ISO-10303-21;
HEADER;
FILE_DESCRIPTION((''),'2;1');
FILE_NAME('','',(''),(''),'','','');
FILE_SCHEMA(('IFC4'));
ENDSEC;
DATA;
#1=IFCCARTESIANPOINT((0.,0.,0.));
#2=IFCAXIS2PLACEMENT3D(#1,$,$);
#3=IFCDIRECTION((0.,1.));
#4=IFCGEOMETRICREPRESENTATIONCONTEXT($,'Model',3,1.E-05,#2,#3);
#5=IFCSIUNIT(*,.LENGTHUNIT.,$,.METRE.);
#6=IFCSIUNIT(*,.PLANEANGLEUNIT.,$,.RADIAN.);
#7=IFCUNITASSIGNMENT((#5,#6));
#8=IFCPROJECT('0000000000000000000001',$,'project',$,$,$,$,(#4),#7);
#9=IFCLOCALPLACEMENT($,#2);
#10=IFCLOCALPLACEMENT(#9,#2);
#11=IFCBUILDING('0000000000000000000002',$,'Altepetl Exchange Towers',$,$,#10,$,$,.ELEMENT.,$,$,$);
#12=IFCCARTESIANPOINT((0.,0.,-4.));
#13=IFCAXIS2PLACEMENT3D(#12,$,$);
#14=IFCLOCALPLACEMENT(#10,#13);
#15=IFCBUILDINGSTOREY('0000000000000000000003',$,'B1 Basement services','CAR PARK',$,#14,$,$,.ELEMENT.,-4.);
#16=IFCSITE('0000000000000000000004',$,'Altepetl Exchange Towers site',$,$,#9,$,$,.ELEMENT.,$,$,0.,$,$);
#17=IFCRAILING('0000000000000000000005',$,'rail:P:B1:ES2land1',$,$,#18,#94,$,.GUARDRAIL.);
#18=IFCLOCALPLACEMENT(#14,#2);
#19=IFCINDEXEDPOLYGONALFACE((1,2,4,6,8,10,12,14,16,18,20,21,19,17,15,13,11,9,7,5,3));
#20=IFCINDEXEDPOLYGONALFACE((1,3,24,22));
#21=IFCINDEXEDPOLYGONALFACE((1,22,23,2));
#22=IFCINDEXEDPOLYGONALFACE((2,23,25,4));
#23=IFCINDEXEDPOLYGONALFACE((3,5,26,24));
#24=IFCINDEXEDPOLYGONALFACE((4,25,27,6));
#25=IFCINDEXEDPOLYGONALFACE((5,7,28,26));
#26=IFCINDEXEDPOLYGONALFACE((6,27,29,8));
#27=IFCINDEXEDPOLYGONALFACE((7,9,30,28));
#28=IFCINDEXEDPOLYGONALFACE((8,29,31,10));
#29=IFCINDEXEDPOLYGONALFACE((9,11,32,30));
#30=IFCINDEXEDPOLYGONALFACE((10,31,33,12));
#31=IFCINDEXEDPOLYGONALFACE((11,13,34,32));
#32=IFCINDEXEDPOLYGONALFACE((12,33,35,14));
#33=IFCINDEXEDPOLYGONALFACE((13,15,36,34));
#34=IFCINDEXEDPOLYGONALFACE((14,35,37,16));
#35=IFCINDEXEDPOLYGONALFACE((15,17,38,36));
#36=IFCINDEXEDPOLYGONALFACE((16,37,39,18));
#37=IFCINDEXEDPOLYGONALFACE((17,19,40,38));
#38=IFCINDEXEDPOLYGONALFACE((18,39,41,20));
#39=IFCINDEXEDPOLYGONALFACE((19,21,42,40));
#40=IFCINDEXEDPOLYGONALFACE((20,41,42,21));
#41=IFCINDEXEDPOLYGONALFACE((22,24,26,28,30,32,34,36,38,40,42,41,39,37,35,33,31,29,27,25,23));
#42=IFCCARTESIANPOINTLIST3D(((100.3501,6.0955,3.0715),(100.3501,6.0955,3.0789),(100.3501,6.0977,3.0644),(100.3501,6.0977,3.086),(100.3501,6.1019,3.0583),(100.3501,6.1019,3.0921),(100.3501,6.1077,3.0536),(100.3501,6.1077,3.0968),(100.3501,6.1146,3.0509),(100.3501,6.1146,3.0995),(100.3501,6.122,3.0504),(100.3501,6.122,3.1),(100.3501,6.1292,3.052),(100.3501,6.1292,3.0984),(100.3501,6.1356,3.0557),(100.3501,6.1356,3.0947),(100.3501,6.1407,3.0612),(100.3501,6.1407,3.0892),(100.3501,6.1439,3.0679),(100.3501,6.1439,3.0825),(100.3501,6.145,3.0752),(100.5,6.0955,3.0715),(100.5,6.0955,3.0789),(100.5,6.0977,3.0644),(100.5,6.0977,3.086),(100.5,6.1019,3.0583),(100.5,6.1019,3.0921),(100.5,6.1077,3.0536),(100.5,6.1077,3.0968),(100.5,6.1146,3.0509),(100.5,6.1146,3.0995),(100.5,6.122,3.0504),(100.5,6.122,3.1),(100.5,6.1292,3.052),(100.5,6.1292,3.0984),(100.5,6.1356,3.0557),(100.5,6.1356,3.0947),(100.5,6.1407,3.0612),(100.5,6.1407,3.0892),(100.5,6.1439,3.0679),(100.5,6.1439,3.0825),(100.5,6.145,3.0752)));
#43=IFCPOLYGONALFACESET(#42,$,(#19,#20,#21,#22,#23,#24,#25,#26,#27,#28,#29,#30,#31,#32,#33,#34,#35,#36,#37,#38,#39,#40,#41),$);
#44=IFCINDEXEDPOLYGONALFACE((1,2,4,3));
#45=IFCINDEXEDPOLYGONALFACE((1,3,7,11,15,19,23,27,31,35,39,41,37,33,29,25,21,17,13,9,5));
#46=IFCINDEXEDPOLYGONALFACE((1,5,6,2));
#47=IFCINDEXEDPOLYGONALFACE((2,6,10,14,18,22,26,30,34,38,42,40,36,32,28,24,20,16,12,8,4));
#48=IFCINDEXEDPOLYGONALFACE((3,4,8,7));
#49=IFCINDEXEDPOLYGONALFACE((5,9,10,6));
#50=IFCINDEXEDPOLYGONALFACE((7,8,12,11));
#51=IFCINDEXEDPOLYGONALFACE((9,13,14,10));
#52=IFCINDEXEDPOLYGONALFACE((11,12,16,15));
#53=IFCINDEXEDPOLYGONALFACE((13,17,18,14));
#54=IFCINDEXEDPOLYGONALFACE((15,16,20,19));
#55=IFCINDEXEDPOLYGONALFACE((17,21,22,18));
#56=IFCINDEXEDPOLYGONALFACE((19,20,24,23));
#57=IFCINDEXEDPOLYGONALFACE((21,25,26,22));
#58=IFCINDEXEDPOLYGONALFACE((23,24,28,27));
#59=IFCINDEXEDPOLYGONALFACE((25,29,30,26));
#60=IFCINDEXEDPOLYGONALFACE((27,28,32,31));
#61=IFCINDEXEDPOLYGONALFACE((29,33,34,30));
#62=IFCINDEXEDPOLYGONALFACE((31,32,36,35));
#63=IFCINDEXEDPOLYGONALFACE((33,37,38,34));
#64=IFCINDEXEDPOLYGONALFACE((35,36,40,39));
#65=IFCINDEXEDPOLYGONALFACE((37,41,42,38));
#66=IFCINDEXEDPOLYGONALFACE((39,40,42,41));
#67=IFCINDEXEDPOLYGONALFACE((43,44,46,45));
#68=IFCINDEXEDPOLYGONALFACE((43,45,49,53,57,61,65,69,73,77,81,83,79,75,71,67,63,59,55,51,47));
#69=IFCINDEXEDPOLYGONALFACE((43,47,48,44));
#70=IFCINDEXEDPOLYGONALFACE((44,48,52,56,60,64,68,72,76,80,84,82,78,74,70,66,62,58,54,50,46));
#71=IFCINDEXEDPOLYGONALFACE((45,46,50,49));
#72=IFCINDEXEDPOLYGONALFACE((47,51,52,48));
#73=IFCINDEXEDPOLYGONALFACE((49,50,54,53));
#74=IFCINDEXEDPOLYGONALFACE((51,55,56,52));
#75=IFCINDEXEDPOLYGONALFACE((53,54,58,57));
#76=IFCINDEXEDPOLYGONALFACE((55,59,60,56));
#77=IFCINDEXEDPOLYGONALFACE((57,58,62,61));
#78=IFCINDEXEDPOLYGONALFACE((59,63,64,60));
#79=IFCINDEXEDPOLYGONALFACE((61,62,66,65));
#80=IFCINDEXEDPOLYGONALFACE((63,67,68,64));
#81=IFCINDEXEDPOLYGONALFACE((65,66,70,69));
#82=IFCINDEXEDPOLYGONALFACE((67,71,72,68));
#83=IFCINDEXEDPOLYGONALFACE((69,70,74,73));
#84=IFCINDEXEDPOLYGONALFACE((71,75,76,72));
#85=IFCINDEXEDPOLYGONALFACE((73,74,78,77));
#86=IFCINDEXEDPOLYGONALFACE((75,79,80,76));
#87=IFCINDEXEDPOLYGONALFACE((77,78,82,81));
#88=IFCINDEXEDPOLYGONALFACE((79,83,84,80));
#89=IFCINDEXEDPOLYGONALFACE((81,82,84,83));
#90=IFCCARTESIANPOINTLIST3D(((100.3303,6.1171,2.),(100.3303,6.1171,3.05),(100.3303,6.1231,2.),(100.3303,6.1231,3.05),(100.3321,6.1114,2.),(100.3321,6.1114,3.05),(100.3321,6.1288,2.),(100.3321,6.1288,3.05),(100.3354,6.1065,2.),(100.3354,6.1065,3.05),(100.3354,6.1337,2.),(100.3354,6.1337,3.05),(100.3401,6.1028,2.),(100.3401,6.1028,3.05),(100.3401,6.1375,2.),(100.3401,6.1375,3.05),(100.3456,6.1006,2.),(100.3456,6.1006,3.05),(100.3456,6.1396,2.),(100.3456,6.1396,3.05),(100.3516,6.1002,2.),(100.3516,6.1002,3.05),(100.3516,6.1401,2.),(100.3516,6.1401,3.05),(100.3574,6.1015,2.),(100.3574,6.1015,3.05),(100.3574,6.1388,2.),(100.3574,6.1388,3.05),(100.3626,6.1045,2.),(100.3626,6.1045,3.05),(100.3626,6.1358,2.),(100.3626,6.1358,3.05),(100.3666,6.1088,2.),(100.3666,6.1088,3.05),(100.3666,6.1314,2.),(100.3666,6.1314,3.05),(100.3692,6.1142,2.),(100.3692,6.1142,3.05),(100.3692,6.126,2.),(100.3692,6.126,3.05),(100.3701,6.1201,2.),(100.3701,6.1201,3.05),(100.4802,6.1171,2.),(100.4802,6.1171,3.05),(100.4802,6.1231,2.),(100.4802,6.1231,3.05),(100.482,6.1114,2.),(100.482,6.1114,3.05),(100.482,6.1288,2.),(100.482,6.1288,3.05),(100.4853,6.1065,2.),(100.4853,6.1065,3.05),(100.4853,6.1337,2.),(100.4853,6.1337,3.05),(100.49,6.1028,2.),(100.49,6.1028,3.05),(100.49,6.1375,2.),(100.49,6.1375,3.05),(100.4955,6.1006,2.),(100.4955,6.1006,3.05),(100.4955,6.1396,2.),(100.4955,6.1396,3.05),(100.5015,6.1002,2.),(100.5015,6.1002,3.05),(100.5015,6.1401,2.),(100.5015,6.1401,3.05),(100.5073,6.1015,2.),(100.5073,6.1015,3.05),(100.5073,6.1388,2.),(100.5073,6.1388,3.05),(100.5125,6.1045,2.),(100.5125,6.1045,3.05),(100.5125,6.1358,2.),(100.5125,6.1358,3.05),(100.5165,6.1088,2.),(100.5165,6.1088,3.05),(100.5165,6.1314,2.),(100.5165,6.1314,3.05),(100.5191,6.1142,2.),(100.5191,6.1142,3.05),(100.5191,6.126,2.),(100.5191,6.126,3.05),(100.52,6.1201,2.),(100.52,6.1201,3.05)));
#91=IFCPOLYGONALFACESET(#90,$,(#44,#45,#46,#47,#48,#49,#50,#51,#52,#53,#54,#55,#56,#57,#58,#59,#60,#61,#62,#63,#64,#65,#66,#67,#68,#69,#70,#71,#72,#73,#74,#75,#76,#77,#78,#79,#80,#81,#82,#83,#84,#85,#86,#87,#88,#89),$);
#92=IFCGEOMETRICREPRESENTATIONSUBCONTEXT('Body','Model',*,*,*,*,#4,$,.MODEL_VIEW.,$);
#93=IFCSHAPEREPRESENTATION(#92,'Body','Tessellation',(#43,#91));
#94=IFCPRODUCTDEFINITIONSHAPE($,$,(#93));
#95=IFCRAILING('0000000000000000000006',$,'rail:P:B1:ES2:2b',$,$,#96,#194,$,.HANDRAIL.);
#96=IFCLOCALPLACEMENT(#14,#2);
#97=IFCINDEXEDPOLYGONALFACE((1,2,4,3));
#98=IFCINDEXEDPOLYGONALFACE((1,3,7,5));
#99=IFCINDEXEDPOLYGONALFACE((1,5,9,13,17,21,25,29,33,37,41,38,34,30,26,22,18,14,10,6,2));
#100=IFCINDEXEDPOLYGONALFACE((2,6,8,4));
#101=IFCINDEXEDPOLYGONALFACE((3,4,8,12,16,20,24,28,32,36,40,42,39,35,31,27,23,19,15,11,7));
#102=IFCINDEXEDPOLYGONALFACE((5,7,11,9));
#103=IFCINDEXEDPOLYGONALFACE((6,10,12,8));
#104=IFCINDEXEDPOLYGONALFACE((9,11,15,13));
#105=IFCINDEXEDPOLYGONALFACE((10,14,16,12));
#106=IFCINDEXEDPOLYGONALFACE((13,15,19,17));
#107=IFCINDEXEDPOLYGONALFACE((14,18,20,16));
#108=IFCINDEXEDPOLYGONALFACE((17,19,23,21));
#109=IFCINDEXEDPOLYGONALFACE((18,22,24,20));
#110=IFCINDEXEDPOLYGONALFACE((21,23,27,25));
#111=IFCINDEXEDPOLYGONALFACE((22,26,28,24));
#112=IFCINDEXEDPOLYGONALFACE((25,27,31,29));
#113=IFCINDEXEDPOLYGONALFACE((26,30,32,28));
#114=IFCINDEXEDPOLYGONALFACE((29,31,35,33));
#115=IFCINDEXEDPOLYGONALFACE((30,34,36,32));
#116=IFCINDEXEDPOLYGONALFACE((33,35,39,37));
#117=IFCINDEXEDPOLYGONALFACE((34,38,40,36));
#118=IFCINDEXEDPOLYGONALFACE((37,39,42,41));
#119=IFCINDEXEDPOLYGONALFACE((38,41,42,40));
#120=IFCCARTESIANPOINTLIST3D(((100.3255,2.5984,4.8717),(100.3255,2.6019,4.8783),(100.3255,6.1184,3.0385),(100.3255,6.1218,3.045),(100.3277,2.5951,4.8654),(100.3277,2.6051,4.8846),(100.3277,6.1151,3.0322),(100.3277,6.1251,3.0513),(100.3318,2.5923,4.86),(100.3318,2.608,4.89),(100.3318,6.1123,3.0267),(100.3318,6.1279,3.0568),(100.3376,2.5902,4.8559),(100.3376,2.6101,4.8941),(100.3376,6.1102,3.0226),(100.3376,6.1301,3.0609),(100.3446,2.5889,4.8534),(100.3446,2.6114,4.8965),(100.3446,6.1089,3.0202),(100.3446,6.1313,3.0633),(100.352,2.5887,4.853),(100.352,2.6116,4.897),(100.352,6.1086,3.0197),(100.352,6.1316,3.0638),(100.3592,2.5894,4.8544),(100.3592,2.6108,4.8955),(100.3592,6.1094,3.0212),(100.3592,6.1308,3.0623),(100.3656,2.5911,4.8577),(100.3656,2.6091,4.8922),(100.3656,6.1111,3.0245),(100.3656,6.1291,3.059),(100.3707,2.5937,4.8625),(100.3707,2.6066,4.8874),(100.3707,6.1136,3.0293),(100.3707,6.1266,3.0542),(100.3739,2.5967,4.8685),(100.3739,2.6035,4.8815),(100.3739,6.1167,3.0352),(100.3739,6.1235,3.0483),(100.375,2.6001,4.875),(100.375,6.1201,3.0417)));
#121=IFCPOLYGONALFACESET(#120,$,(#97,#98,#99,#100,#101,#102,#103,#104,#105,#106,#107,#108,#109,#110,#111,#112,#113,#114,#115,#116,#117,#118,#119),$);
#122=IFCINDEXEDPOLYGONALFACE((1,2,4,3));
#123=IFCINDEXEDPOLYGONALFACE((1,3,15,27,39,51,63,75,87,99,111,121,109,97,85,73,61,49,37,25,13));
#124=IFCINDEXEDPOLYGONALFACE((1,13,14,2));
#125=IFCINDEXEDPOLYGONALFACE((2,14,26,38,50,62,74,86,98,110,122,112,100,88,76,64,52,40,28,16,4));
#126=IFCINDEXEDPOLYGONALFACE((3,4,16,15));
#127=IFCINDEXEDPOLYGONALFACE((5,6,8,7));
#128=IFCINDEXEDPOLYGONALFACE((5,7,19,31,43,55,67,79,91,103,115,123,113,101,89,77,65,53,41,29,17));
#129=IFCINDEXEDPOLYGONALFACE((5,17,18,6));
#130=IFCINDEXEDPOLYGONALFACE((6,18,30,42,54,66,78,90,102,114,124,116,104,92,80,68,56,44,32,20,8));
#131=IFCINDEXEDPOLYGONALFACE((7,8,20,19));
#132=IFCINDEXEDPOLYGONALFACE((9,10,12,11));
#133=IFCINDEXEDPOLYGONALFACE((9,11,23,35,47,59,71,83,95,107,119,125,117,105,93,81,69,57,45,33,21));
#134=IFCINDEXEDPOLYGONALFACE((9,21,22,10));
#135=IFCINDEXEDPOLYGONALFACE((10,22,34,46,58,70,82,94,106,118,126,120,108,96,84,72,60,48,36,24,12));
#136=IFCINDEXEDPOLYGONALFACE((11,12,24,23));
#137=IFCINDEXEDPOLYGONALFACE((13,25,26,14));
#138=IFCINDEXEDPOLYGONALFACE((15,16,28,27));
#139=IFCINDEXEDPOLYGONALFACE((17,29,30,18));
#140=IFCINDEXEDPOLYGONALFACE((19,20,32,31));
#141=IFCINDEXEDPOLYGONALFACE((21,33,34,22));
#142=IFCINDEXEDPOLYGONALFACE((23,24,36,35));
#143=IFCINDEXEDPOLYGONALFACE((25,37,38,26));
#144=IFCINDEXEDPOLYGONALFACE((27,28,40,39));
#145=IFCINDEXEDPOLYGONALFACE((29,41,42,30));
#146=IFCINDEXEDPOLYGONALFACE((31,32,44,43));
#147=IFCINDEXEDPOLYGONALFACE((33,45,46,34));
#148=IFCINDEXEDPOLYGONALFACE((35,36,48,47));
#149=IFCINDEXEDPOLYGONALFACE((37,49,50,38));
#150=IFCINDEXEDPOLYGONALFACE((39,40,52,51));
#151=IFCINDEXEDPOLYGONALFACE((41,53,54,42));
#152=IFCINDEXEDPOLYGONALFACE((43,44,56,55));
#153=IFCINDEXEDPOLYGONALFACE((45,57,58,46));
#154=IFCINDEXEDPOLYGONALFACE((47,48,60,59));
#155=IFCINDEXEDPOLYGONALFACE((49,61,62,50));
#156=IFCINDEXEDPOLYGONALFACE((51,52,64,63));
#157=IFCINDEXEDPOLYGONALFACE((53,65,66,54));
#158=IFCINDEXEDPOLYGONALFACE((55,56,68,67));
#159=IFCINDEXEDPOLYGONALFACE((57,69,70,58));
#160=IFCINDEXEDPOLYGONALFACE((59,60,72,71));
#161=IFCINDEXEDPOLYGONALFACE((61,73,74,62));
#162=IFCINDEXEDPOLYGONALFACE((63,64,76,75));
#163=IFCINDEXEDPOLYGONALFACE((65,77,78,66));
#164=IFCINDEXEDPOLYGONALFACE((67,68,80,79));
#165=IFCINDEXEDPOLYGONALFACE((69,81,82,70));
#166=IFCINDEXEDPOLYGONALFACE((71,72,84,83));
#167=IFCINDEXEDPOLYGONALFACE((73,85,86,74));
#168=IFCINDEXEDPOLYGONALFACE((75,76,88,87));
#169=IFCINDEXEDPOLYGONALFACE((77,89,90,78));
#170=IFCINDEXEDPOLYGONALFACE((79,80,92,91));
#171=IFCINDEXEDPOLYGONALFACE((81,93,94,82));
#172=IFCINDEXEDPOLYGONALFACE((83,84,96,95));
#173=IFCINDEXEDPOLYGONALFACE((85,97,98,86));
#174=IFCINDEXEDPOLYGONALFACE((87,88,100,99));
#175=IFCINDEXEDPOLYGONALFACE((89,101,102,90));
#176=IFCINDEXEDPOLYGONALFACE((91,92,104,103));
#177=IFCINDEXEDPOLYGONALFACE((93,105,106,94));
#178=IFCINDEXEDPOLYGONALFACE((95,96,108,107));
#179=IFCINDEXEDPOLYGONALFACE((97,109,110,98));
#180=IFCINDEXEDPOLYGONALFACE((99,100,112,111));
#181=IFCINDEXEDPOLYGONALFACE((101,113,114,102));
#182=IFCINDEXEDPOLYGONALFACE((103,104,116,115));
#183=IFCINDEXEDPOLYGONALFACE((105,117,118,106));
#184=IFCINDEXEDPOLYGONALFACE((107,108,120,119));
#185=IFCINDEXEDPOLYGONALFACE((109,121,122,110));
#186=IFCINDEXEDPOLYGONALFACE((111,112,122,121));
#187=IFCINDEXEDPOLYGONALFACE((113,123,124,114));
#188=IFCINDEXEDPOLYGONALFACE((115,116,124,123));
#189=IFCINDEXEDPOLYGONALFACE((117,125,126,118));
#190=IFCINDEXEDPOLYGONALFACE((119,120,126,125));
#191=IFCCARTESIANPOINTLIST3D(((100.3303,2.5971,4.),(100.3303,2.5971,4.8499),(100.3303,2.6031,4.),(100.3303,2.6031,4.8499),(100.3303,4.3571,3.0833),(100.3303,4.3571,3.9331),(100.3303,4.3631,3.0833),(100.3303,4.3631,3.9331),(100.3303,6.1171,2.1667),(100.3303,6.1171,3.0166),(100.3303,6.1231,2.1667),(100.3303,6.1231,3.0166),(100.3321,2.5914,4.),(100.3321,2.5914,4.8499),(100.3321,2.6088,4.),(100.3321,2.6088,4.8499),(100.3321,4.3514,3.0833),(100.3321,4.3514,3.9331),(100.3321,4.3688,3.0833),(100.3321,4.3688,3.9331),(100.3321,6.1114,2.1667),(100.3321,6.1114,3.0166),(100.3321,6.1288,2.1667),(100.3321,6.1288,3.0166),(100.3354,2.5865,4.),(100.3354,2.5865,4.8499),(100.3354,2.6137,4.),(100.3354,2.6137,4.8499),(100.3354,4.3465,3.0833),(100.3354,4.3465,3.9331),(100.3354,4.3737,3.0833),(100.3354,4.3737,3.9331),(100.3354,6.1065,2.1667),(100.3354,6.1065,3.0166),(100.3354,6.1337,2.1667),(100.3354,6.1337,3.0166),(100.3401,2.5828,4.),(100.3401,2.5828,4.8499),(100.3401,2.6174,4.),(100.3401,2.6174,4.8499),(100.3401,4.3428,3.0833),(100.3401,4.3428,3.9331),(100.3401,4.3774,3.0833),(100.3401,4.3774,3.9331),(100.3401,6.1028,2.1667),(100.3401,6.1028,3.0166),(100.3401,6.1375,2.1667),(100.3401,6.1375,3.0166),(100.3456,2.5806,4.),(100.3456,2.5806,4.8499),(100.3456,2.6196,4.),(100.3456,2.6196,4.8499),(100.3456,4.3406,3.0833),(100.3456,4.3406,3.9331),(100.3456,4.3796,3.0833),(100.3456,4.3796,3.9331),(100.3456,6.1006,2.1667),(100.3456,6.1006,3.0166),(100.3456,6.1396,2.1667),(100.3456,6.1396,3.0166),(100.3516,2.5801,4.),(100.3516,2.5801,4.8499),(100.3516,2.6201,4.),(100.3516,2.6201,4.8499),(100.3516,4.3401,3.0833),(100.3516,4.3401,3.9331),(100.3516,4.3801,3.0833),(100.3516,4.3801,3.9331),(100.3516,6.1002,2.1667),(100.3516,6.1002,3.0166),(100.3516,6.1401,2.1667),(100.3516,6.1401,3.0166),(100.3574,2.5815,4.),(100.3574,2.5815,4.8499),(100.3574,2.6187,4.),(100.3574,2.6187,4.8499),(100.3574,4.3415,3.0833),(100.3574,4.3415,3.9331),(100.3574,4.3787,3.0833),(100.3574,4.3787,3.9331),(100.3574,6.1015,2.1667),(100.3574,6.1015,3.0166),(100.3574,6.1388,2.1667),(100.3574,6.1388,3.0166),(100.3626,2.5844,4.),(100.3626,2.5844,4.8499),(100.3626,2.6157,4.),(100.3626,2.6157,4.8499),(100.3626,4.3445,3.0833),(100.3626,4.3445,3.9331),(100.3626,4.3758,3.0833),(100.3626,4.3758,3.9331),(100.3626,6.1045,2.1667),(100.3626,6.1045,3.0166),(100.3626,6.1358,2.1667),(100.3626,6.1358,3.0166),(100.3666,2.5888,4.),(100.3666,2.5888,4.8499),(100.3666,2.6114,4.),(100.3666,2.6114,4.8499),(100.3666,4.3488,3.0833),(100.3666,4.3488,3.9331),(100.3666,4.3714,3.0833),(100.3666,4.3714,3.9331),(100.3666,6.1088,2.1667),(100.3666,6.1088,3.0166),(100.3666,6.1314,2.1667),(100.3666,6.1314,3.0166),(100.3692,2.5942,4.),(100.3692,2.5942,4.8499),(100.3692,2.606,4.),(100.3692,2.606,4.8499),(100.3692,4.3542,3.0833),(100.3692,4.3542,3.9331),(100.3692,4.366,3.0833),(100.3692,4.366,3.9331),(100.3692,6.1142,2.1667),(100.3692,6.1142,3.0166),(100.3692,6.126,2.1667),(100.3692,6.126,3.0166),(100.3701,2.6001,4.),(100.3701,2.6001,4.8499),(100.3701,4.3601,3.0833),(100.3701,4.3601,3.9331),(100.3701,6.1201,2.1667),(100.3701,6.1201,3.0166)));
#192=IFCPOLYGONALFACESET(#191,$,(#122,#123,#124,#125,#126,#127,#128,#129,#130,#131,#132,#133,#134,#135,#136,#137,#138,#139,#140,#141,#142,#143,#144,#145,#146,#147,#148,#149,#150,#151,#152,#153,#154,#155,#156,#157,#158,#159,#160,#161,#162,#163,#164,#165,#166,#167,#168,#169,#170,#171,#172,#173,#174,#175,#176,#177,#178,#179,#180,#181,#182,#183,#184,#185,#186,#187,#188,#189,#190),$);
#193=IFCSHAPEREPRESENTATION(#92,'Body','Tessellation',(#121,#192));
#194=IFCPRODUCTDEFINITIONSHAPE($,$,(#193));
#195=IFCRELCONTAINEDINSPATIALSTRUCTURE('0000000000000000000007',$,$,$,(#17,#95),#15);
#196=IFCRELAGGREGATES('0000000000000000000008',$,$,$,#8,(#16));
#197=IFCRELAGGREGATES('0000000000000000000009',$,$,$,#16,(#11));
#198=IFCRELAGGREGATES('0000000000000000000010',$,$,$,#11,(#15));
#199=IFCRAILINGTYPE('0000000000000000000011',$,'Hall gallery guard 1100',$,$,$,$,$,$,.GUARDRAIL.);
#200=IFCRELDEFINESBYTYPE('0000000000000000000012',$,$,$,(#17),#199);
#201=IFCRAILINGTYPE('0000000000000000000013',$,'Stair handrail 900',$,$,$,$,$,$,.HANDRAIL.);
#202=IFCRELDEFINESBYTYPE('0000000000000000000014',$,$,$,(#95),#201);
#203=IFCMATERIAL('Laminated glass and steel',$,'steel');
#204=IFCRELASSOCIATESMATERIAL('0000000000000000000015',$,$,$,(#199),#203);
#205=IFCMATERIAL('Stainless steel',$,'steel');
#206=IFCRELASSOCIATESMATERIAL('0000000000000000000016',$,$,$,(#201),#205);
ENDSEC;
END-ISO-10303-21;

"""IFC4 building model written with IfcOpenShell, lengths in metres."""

from ifc_helpers import new_model, si_unit, direction, frame, origin, origin_2d, place, context, subcontext, project, spatial, circle, extrude, source, transform, mapped, material, type_object, element, save


model = new_model("IFC4")

# Units and contexts
model_context = context("Model", 3, precision=1e-05, world=origin(), true_north=direction((0.0, 1.0)))
body_context = subcontext(model_context, "Body", "Model", "MODEL_VIEW")
ifc_project = project(units=[si_unit("LENGTHUNIT", "METRE"), si_unit("PLANEANGLEUNIT", "RADIAN")], contexts=[model_context])

# Site, building, storey
site_placement = place(None, origin())
site = spatial("IfcSite", under=ifc_project, at=site_placement, Name="Altepetl Exchange Towers site", CompositionType="ELEMENT", RefElevation=0.0)
building_placement = place(site_placement, origin())
building = spatial("IfcBuilding", under=site, at=building_placement, Name="Altepetl Exchange Towers", CompositionType="ELEMENT")
storey_placement = place(building_placement, frame((0.0, 0.0, -4.0)))
storey = spatial("IfcBuildingStorey", under=building, at=storey_placement, Name="B1 Basement services", Description="CAR PARK", CompositionType="ELEMENT", Elevation=-4.0)

# Railings
ifc_material_1 = material(Name="Laminated glass and steel", Category="steel")
railing_type_1 = type_object("IfcRailingType", Name="Hall gallery guard 1100", PredefinedType="GUARDRAIL", material=ifc_material_1)
shared_shape_1 = source(origin(), body_context, "Body", "SweptSolid", [
    extrude(circle(Radius=0.02, at=origin_2d()), origin(), (0.0, 0.0, 1.0), 1.05),
])
railing_1_placement = place(storey_placement, frame((100.3501, 6.1201, 2.0)))
element("IfcRailing", 1, at=railing_1_placement, inside=storey, type_object=railing_type_1, Name="rail:P:B1:ES2land1", PredefinedType="GUARDRAIL", context=body_context, shape_type="SweptSolid", body=[
    extrude(circle(Radius=0.0249, at=origin_2d()), frame((0.0, 0.0, 1.0752), z_axis=(1.0, 0.0, 0.0), x_axis=(0.0, 1.0, 0.0)), (0.0, 0.0, 1.0), 0.1499),
    mapped(shared_shape_1, transform((0.0, 0.0, 0.0))),
    mapped(shared_shape_1, transform((0.1499, 0.0, 0.0))),
])
ifc_material_2 = material(Name="Stainless steel", Category="steel")
railing_type_2 = type_object("IfcRailingType", Name="Stair handrail 900", PredefinedType="HANDRAIL", material=ifc_material_2)
shared_shape_2 = source(origin(), body_context, "Body", "SweptSolid", [
    extrude(circle(Radius=0.02, at=origin_2d()), origin(), (0.0, 0.0, 1.0), 0.8499),
])
railing_2_placement = place(storey_placement, frame((100.3501, 6.1201, 2.1667)))
element("IfcRailing", 2, at=railing_2_placement, inside=storey, type_object=railing_type_2, Name="rail:P:B1:ES2:2b", PredefinedType="HANDRAIL", context=body_context, shape_type="SweptSolid", body=[
    extrude(circle(Radius=0.0249, at=origin_2d()), frame((0.0, 0.0, 0.875), z_axis=(0.0, -0.886924, 0.461916), x_axis=(1.0, 0.0, 0.0)), (0.0, 0.0, 1.0), 3.9688),
    mapped(shared_shape_2, transform((0.0, 0.0, 0.0))),
    mapped(shared_shape_2, transform((0.0, -1.76, 0.9165))),
    mapped(shared_shape_2, transform((0.0, -3.52, 1.8333))),
])

save(model, "model.ifc")
